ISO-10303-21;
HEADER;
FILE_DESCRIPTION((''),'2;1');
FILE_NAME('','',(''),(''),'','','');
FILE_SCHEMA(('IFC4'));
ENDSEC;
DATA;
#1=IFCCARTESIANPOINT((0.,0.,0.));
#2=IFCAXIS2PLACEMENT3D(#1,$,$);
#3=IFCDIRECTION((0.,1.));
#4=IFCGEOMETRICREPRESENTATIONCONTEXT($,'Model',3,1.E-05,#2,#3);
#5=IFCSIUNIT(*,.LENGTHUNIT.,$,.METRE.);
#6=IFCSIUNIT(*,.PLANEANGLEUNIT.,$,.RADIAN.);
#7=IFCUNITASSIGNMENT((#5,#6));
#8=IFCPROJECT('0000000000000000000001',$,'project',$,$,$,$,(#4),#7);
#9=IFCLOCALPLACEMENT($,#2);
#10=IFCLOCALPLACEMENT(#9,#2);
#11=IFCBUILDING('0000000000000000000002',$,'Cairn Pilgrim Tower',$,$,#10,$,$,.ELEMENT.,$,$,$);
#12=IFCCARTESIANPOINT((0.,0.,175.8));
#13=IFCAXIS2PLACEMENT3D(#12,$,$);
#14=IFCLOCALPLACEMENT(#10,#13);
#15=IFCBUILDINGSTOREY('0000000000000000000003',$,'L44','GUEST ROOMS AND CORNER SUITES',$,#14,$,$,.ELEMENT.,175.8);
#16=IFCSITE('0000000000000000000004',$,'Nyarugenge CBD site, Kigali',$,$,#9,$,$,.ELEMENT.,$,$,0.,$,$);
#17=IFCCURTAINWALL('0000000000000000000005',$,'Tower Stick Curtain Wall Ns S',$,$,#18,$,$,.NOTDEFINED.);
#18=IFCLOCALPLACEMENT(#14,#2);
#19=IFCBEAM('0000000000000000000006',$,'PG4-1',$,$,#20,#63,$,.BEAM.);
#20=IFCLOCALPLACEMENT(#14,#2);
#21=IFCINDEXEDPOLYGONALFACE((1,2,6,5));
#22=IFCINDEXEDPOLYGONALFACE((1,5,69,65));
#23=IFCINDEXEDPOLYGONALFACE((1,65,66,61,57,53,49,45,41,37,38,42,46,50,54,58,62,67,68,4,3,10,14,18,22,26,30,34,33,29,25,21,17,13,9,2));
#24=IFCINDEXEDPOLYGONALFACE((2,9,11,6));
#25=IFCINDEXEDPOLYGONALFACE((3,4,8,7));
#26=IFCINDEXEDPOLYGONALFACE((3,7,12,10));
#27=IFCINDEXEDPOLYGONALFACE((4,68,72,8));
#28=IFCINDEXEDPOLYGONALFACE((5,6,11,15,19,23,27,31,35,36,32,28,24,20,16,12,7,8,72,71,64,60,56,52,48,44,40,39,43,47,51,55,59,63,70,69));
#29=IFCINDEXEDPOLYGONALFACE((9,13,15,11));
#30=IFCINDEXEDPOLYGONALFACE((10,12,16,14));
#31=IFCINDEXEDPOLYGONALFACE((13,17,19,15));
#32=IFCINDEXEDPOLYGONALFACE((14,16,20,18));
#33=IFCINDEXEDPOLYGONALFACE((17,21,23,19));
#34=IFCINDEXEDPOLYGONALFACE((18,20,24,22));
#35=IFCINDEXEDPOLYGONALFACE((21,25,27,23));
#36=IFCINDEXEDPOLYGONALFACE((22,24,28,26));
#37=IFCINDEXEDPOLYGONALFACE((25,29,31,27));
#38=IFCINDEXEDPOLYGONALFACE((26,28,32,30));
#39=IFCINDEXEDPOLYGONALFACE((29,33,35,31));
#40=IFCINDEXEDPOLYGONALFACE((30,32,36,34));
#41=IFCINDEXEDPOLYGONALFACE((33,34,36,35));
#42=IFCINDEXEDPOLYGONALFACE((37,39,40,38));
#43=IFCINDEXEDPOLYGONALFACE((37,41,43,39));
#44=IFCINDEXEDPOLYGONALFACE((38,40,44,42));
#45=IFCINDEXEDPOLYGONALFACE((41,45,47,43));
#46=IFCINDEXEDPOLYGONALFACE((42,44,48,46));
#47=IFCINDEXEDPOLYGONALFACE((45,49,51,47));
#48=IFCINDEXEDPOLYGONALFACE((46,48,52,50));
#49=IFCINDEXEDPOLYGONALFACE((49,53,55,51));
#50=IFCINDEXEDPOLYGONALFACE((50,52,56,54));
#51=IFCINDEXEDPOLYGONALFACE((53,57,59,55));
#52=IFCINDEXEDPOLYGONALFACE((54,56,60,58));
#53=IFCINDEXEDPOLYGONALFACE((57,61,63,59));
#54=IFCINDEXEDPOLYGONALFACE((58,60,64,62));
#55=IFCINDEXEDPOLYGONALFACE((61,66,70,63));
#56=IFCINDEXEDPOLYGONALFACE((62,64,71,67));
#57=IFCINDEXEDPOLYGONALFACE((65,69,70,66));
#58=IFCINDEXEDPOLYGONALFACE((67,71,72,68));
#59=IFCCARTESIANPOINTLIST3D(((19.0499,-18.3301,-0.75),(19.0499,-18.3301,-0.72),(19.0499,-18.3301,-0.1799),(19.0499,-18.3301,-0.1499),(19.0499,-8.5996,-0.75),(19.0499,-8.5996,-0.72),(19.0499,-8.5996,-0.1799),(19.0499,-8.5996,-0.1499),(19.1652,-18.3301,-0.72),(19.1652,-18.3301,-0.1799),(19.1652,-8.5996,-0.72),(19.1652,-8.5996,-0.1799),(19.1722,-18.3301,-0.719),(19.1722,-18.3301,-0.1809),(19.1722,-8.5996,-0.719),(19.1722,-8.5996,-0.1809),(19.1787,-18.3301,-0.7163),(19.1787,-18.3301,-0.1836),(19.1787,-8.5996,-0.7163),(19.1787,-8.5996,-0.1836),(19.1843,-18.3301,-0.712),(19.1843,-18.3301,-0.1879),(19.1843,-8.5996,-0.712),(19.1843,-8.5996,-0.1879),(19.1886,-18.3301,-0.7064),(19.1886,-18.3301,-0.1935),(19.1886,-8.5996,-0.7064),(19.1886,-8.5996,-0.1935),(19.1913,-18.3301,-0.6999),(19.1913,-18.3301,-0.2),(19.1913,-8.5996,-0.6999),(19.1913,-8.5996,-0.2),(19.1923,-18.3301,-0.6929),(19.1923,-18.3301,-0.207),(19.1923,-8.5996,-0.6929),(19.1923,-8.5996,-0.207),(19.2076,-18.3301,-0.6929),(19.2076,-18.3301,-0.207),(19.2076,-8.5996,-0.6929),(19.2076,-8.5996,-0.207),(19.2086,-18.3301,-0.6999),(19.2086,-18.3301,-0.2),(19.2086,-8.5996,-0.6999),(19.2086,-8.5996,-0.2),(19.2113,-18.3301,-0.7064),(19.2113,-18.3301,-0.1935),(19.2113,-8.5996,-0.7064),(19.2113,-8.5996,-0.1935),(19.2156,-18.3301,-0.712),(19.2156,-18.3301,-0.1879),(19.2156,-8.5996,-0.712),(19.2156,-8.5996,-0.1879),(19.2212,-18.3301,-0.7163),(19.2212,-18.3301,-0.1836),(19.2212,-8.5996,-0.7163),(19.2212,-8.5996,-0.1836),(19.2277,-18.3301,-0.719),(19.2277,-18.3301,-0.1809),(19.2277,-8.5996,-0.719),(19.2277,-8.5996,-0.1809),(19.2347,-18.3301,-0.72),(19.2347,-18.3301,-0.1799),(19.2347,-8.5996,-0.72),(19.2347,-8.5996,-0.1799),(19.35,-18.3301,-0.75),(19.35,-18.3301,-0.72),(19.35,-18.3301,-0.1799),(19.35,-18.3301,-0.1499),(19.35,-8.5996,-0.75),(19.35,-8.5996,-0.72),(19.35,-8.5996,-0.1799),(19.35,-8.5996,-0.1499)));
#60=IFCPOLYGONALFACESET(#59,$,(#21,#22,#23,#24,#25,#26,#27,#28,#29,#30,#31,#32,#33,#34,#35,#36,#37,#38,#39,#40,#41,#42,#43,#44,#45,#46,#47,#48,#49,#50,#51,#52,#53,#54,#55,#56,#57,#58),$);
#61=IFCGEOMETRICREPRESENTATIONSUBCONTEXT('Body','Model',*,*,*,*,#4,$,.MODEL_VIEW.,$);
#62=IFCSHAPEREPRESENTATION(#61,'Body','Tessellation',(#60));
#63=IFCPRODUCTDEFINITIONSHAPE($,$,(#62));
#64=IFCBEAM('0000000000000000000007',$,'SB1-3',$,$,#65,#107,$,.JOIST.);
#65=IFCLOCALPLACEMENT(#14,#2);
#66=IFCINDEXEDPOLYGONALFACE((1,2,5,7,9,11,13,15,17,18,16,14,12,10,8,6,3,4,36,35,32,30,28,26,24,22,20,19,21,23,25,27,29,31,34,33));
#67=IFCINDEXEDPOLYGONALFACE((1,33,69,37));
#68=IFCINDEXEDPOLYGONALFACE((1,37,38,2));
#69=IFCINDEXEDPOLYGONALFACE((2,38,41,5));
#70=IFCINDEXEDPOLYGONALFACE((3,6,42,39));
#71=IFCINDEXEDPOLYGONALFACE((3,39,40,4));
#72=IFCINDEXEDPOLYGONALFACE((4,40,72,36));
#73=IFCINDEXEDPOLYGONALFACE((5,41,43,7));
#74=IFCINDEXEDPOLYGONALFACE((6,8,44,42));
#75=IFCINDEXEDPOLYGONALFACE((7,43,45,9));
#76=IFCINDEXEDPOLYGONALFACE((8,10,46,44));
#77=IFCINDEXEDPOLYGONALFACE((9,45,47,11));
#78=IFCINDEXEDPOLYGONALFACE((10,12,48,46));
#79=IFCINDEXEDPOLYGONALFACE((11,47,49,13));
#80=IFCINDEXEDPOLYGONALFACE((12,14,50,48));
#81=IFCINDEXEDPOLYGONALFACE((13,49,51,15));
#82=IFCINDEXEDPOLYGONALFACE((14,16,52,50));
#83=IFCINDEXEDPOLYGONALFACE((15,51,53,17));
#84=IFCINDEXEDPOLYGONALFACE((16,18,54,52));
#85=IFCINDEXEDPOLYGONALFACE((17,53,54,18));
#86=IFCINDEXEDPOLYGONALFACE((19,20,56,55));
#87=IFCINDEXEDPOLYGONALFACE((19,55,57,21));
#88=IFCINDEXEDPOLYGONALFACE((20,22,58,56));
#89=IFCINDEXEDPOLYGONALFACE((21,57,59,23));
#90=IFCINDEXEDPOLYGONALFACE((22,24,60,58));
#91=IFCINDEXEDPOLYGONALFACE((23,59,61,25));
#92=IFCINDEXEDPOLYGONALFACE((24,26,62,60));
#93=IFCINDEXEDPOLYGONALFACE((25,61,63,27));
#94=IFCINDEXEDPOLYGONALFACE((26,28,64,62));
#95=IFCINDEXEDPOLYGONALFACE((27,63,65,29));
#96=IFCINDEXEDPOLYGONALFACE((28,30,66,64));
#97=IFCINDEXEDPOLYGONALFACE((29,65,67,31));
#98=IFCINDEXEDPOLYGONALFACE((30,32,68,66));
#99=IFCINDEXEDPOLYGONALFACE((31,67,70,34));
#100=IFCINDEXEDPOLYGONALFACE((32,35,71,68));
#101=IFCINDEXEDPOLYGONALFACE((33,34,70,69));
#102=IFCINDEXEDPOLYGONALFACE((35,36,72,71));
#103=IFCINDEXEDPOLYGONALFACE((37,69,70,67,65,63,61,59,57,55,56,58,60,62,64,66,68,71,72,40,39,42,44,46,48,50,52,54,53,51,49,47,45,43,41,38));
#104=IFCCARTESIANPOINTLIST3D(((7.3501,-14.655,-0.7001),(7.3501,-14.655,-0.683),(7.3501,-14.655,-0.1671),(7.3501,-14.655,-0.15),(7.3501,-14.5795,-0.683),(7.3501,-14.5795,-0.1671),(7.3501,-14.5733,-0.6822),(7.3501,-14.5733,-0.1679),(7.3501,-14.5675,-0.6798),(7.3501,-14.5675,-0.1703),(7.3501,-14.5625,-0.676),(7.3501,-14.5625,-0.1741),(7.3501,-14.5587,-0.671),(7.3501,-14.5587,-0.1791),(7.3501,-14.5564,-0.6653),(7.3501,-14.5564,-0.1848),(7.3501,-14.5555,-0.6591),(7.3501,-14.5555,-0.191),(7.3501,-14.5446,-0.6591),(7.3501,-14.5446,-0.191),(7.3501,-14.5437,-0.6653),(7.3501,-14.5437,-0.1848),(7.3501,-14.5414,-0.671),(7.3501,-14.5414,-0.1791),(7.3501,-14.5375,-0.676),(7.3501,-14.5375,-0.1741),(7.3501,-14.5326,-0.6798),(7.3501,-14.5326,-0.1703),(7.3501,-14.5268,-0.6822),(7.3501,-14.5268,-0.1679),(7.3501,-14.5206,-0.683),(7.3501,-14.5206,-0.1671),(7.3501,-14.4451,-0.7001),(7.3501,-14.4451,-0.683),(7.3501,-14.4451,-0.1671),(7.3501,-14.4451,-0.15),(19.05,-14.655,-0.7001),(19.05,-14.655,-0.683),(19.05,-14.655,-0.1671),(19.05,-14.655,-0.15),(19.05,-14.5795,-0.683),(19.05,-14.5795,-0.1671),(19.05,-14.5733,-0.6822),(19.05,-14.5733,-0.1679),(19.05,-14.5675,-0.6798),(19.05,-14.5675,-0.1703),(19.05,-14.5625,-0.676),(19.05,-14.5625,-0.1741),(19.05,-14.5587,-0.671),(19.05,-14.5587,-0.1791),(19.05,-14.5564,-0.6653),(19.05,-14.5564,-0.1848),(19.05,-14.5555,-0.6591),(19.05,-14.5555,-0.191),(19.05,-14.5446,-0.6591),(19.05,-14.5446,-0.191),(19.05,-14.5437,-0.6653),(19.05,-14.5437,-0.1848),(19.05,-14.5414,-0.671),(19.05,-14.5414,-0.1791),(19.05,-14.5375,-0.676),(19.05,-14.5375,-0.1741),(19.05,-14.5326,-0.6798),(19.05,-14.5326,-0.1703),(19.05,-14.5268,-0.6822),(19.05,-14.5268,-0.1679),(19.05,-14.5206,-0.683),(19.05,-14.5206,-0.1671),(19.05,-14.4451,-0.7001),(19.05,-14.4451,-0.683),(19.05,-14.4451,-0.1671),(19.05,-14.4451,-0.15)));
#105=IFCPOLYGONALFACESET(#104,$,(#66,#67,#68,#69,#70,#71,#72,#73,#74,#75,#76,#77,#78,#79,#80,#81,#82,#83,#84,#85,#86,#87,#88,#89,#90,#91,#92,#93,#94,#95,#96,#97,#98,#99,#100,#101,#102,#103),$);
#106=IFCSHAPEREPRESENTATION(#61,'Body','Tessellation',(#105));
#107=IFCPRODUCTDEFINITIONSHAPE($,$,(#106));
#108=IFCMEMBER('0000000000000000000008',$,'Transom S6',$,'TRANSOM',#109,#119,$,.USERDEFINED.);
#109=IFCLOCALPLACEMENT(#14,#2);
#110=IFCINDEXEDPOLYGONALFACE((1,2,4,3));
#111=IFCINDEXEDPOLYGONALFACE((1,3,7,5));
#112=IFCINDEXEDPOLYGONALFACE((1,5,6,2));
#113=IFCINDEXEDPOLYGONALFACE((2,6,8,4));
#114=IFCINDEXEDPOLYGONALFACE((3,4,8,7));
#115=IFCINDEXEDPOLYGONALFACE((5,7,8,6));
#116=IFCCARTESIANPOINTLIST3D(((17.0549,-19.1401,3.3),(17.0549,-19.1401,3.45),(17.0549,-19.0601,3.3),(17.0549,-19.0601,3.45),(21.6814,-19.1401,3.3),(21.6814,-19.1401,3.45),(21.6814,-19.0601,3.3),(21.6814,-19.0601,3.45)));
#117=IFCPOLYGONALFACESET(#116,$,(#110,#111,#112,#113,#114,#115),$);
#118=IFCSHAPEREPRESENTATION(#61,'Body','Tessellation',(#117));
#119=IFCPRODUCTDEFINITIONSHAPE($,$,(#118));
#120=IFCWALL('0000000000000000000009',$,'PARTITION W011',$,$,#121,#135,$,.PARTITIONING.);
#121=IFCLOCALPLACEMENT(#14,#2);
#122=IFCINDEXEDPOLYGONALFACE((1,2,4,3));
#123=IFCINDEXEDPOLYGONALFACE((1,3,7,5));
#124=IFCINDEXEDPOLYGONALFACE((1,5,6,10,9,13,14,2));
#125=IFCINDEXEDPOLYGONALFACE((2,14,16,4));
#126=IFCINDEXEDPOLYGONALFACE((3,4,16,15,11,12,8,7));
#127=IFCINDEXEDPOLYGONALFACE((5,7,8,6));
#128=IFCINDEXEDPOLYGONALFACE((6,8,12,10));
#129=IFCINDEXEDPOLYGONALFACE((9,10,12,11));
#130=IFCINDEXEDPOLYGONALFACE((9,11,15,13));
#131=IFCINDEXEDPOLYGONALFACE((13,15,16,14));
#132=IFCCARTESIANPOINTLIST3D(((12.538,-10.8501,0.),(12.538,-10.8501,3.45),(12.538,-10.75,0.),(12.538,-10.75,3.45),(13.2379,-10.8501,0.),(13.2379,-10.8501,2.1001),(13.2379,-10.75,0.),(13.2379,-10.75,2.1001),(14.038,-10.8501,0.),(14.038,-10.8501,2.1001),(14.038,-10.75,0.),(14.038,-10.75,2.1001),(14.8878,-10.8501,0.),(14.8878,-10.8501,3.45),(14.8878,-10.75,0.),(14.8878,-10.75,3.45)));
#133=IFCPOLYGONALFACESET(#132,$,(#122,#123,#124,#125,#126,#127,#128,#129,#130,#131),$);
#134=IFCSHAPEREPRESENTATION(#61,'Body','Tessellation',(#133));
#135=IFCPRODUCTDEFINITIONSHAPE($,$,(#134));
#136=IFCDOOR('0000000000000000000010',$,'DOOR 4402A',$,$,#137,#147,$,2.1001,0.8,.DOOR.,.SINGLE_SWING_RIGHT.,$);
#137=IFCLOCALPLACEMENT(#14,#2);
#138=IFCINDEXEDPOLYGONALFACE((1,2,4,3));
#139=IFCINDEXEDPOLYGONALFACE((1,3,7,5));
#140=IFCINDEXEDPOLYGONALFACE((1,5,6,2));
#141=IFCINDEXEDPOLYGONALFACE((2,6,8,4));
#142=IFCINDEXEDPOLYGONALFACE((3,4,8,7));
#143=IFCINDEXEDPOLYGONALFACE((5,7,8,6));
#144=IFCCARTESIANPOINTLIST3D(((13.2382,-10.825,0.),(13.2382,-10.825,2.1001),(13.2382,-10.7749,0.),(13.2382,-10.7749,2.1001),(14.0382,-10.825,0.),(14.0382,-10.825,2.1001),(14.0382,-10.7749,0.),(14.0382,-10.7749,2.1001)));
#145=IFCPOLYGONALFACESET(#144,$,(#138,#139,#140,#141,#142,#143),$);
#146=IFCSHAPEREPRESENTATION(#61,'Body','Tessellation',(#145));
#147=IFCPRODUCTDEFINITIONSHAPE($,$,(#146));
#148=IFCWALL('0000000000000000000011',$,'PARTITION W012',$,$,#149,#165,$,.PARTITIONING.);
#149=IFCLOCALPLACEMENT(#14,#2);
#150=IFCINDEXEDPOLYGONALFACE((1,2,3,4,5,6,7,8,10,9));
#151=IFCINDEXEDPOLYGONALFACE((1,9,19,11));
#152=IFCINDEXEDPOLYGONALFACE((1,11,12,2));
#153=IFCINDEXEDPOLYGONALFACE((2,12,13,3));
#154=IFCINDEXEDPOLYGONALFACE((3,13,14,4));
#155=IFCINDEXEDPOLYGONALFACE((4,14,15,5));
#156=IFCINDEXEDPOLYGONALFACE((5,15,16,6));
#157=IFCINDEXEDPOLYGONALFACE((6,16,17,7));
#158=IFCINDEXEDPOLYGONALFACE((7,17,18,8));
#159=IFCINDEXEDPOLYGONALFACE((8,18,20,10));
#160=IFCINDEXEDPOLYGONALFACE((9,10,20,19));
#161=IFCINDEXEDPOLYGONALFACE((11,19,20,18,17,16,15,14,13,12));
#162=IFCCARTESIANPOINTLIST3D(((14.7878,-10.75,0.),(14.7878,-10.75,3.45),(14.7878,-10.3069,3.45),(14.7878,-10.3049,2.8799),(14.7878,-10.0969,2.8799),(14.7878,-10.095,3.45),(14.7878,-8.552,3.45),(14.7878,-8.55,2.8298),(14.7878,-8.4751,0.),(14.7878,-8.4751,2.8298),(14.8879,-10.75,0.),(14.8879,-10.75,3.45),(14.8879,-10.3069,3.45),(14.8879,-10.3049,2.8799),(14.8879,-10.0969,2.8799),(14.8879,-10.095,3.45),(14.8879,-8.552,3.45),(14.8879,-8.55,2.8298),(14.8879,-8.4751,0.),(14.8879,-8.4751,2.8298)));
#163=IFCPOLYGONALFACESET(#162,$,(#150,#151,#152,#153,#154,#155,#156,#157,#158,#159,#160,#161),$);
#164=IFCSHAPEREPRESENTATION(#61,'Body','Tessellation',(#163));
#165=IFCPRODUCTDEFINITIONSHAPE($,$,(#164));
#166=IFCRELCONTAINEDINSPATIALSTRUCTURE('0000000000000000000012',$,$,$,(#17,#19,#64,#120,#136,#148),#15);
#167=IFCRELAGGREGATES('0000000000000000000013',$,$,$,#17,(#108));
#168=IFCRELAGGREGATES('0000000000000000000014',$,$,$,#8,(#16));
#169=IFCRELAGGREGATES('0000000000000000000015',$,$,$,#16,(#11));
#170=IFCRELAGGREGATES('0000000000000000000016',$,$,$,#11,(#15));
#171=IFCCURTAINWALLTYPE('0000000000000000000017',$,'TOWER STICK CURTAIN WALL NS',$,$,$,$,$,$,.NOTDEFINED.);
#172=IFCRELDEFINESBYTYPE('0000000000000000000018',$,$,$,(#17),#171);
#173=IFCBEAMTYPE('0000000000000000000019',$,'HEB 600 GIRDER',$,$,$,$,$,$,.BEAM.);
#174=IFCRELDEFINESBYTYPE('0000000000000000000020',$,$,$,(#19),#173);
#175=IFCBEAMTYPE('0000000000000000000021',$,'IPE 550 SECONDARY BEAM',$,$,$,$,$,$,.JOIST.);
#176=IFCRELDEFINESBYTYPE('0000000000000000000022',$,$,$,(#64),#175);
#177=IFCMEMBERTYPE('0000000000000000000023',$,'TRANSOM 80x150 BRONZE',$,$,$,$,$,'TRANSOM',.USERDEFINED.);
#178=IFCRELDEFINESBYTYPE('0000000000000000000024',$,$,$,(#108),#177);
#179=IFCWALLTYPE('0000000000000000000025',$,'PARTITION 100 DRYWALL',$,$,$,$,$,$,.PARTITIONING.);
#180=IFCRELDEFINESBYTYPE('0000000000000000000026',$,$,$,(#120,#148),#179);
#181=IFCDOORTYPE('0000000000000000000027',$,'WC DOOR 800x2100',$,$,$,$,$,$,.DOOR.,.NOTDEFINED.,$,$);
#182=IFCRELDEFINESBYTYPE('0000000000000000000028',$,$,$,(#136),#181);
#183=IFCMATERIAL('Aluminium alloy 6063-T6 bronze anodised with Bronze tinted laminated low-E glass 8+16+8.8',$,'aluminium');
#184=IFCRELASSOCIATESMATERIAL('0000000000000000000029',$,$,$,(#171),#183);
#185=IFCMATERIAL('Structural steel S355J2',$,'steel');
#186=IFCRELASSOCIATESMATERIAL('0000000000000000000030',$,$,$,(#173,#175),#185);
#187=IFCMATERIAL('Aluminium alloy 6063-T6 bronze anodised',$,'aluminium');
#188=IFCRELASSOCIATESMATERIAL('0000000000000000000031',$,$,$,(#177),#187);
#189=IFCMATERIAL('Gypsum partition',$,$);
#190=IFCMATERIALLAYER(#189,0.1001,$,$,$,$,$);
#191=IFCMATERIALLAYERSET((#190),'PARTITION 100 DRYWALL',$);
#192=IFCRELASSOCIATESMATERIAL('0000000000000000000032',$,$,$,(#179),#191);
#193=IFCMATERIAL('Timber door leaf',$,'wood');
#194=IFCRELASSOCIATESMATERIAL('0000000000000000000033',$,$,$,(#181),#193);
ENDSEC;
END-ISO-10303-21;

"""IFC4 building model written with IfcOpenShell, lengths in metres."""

from ifc_helpers import new_model, si_unit, direction, frame, frame_2d, origin, origin_2d, place, context, subcontext, project, spatial, polyline, rectangle, i_section, outline, extrude, material, layer, layer_set, material_profile, profile_set, type_object, element, fill, aggregate, save


model = new_model("IFC4")

# Units and contexts
model_context = context("Model", 3, precision=1e-05, world=origin(), true_north=direction((0.0, 1.0)))
body_context = subcontext(model_context, "Body", "Model", "MODEL_VIEW")
ifc_project = project(units=[si_unit("LENGTHUNIT", "METRE"), si_unit("PLANEANGLEUNIT", "RADIAN")], contexts=[model_context])

# Site, building, storey
site_placement = place(None, origin())
site = spatial("IfcSite", under=ifc_project, at=site_placement, Name="Nyarugenge CBD site, Kigali", CompositionType="ELEMENT", RefElevation=0.0)
building_placement = place(site_placement, origin())
building = spatial("IfcBuilding", under=site, at=building_placement, Name="Cairn Pilgrim Tower", CompositionType="ELEMENT")
storey_placement = place(building_placement, frame((0.0, 0.0, 175.8)))
storey = spatial("IfcBuildingStorey", under=building, at=storey_placement, Name="L44", Description="GUEST ROOMS AND CORNER SUITES", CompositionType="ELEMENT", Elevation=175.8)

# Curtain wall
ifc_material_1 = material(Name="Aluminium alloy 6063-T6 bronze anodised with Bronze tinted laminated low-E glass 8+16+8.8", Category="aluminium")
curtain_wall_type = type_object("IfcCurtainWallType", Name="TOWER STICK CURTAIN WALL NS", PredefinedType="NOTDEFINED", material=ifc_material_1)
curtain_wall_placement = place(storey_placement, origin())
curtain_wall = element("IfcCurtainWall", 1, at=curtain_wall_placement, inside=storey, type_object=curtain_wall_type, Name="Tower Stick Curtain Wall Ns S", PredefinedType="NOTDEFINED")
ifc_material_2 = material(Name="Aluminium alloy 6063-T6 bronze anodised", Category="aluminium")

# Beams
ifc_material_3 = material(Name="Structural steel S355J2", Category="steel")
ifc_material_profile_1 = material_profile(ifc_material_3, i_section(OverallWidth=0.3, OverallDepth=0.6001, WebThickness=0.0154, FlangeThickness=0.03, FilletRadius=0.0271, at=origin_2d()), Name="HEB 600")
ifc_profile_set_1 = profile_set([ifc_material_profile_1], Name="Structural steel S355J2")
beam_type_1 = type_object("IfcBeamType", Name="HEB 600 GIRDER", PredefinedType="BEAM", material=ifc_profile_set_1)
for number, where, z_axis, x_axis, name in (
    (2, (19.2, -18.3301, -0.45), (0.0, 1.0, 0.0), (-1.0, 0.0, 0.0), "PG4-1"),
):
    element("IfcBeam", number, at=place(storey_placement, frame(where, z_axis=z_axis, x_axis=x_axis)), inside=storey, type_object=beam_type_1, Name=name, PredefinedType="BEAM", context=body_context, shape_type="SweptSolid", body=[
        extrude(i_section(OverallWidth=0.3, OverallDepth=0.6001, WebThickness=0.0154, FlangeThickness=0.03, FilletRadius=0.0271, at=origin_2d()), origin(), (0.0, 0.0, 1.0), 9.7305),
    ])
ifc_material_profile_2 = material_profile(ifc_material_3, i_section(OverallWidth=0.21, OverallDepth=0.55, WebThickness=0.011, FlangeThickness=0.0171, FilletRadius=0.0239, at=origin_2d()), Name="IPE 550")
ifc_profile_set_2 = profile_set([ifc_material_profile_2], Name="Structural steel S355J2")
beam_type_2 = type_object("IfcBeamType", Name="IPE 550 SECONDARY BEAM", PredefinedType="JOIST", material=ifc_profile_set_2)
beam_1_placement = place(storey_placement, frame((7.3501, -14.55, -0.425), z_axis=(1.0, 0.0, 0.0), x_axis=(0.0, 1.0, 0.0)))
element("IfcBeam", 3, at=beam_1_placement, inside=storey, type_object=beam_type_2, Name="SB1-3", PredefinedType="JOIST", context=body_context, shape_type="SweptSolid", body=[
    extrude(i_section(OverallWidth=0.21, OverallDepth=0.55, WebThickness=0.011, FlangeThickness=0.0171, FilletRadius=0.0239, at=origin_2d()), origin(), (0.0, 0.0, 1.0), 11.7),
])

# Member
ifc_material_profile_3 = material_profile(ifc_material_2, rectangle(XDim=0.0801, YDim=0.1499, at=origin_2d()), Name="TRANSOM 80x150 BRONZE")
ifc_profile_set_3 = profile_set([ifc_material_profile_3], Name="Aluminium alloy 6063-T6 bronze anodised")
member_type_1 = type_object("IfcMemberType", Name="TRANSOM 80x150 BRONZE", ElementType="TRANSOM", PredefinedType="USERDEFINED", material=ifc_profile_set_3)
member_1_placement = place(storey_placement, frame((17.0549, -19.1001, 3.375), z_axis=(1.0, 0.0, 0.0), x_axis=(0.0, 1.0, 0.0)))
member_1 = element("IfcMember", 4, at=member_1_placement, type_object=member_type_1, Name="Transom S6", ObjectType="TRANSOM", PredefinedType="USERDEFINED", context=body_context, shape_type="SweptSolid", body=[
    extrude(rectangle(XDim=0.0801, YDim=0.1499, at=origin_2d()), origin(), (0.0, 0.0, 1.0), 4.6265),
])
aggregate(curtain_wall, [member_1])

# Wall, opening, door
ifc_material_4 = material(Name="Gypsum partition")
ifc_layer_1 = layer(ifc_material_4, 0.1001)
ifc_layer_set_1 = layer_set([ifc_layer_1], Name="PARTITION 100 DRYWALL")
wall_type_1 = type_object("IfcWallType", Name="PARTITION 100 DRYWALL", PredefinedType="PARTITIONING", material=ifc_layer_set_1)
wall_1_placement = place(storey_placement, frame((12.5381, -10.8, 0.0), z_axis=(0.0, 0.0, 1.0), x_axis=(1.0, 0.0, 0.0)))
wall_1 = element("IfcWall", 5, at=wall_1_placement, inside=storey, type_object=wall_type_1, Name="PARTITION W011", PredefinedType="PARTITIONING", context=body_context, shape_type="SweptSolid", body=[
    extrude(rectangle(XDim=2.3499, YDim=0.1001, at=frame_2d((1.1748, 0.0))), origin(), (0.0, 0.0, 1.0), 3.45),
])
opening_1_placement = place(wall_1_placement, frame((0.7, 0.0, 0.0)))
opening_1 = element("IfcOpeningElement", 6, at=opening_1_placement, cuts=wall_1, PredefinedType="OPENING", context=body_context, shape_type="SweptSolid", body=[
    extrude(rectangle(XDim=0.8, YDim=2.1001, at=frame_2d((0.3999, 1.05))), frame((0.0, 0.0601, 0.0), z_axis=(0.0, -1.0, 0.0), x_axis=(1.0, 0.0, 0.0)), (0.0, 0.0, 1.0), 0.1201),
])
ifc_material_5 = material(Name="Timber door leaf", Category="wood")
door_type_1 = type_object("IfcDoorType", Name="WC DOOR 800x2100", OperationType="NOTDEFINED", PredefinedType="DOOR", material=ifc_material_5)
door_1_placement = place(opening_1_placement, frame((0.8, 0.0, 0.0), z_axis=(0.0, 0.0, 1.0), x_axis=(-1.0, 0.0, 0.0)))
door_1 = element("IfcDoor", 7, at=door_1_placement, inside=storey, type_object=door_type_1, Name="DOOR 4402A", OperationType="SINGLE_SWING_RIGHT", OverallHeight=2.1001, OverallWidth=0.8, PredefinedType="DOOR", context=body_context, shape_type="SweptSolid", body=[
    extrude(rectangle(XDim=0.8, YDim=2.1001, at=frame_2d((0.3999, 1.05))), frame((0.0, 0.0249, 0.0), z_axis=(0.0, -1.0, 0.0), x_axis=(1.0, 0.0, 0.0)), (0.0, 0.0, 1.0), 0.05),
])
fill(opening_1, door_1)

# Wall
wall_2_placement = place(storey_placement, frame((14.8379, -10.75, 0.0), z_axis=(0.0, 0.0, 1.0), x_axis=(0.0, 1.0, 0.0)))
element("IfcWall", 8, at=wall_2_placement, inside=storey, type_object=wall_type_1, Name="PARTITION W012", PredefinedType="PARTITIONING", context=body_context, shape_type="SweptSolid", body=[
    extrude(outline(polyline([(0.0, 0.0), (2.2749, 0.0), (2.2749, 2.8298), (2.2, 2.8298), (2.198, 3.45), (0.655, 3.45), (0.6531, 2.8799), (0.4451, 2.8799), (0.4431, 3.45), (0.0, 3.45), (0.0, 0.0)])), frame((0.0, 0.05, 0.0), z_axis=(0.0, -1.0, 0.0), x_axis=(1.0, 0.0, 0.0)), (0.0, 0.0, 1.0), 0.1001),
])

save(model, "model.ifc")
